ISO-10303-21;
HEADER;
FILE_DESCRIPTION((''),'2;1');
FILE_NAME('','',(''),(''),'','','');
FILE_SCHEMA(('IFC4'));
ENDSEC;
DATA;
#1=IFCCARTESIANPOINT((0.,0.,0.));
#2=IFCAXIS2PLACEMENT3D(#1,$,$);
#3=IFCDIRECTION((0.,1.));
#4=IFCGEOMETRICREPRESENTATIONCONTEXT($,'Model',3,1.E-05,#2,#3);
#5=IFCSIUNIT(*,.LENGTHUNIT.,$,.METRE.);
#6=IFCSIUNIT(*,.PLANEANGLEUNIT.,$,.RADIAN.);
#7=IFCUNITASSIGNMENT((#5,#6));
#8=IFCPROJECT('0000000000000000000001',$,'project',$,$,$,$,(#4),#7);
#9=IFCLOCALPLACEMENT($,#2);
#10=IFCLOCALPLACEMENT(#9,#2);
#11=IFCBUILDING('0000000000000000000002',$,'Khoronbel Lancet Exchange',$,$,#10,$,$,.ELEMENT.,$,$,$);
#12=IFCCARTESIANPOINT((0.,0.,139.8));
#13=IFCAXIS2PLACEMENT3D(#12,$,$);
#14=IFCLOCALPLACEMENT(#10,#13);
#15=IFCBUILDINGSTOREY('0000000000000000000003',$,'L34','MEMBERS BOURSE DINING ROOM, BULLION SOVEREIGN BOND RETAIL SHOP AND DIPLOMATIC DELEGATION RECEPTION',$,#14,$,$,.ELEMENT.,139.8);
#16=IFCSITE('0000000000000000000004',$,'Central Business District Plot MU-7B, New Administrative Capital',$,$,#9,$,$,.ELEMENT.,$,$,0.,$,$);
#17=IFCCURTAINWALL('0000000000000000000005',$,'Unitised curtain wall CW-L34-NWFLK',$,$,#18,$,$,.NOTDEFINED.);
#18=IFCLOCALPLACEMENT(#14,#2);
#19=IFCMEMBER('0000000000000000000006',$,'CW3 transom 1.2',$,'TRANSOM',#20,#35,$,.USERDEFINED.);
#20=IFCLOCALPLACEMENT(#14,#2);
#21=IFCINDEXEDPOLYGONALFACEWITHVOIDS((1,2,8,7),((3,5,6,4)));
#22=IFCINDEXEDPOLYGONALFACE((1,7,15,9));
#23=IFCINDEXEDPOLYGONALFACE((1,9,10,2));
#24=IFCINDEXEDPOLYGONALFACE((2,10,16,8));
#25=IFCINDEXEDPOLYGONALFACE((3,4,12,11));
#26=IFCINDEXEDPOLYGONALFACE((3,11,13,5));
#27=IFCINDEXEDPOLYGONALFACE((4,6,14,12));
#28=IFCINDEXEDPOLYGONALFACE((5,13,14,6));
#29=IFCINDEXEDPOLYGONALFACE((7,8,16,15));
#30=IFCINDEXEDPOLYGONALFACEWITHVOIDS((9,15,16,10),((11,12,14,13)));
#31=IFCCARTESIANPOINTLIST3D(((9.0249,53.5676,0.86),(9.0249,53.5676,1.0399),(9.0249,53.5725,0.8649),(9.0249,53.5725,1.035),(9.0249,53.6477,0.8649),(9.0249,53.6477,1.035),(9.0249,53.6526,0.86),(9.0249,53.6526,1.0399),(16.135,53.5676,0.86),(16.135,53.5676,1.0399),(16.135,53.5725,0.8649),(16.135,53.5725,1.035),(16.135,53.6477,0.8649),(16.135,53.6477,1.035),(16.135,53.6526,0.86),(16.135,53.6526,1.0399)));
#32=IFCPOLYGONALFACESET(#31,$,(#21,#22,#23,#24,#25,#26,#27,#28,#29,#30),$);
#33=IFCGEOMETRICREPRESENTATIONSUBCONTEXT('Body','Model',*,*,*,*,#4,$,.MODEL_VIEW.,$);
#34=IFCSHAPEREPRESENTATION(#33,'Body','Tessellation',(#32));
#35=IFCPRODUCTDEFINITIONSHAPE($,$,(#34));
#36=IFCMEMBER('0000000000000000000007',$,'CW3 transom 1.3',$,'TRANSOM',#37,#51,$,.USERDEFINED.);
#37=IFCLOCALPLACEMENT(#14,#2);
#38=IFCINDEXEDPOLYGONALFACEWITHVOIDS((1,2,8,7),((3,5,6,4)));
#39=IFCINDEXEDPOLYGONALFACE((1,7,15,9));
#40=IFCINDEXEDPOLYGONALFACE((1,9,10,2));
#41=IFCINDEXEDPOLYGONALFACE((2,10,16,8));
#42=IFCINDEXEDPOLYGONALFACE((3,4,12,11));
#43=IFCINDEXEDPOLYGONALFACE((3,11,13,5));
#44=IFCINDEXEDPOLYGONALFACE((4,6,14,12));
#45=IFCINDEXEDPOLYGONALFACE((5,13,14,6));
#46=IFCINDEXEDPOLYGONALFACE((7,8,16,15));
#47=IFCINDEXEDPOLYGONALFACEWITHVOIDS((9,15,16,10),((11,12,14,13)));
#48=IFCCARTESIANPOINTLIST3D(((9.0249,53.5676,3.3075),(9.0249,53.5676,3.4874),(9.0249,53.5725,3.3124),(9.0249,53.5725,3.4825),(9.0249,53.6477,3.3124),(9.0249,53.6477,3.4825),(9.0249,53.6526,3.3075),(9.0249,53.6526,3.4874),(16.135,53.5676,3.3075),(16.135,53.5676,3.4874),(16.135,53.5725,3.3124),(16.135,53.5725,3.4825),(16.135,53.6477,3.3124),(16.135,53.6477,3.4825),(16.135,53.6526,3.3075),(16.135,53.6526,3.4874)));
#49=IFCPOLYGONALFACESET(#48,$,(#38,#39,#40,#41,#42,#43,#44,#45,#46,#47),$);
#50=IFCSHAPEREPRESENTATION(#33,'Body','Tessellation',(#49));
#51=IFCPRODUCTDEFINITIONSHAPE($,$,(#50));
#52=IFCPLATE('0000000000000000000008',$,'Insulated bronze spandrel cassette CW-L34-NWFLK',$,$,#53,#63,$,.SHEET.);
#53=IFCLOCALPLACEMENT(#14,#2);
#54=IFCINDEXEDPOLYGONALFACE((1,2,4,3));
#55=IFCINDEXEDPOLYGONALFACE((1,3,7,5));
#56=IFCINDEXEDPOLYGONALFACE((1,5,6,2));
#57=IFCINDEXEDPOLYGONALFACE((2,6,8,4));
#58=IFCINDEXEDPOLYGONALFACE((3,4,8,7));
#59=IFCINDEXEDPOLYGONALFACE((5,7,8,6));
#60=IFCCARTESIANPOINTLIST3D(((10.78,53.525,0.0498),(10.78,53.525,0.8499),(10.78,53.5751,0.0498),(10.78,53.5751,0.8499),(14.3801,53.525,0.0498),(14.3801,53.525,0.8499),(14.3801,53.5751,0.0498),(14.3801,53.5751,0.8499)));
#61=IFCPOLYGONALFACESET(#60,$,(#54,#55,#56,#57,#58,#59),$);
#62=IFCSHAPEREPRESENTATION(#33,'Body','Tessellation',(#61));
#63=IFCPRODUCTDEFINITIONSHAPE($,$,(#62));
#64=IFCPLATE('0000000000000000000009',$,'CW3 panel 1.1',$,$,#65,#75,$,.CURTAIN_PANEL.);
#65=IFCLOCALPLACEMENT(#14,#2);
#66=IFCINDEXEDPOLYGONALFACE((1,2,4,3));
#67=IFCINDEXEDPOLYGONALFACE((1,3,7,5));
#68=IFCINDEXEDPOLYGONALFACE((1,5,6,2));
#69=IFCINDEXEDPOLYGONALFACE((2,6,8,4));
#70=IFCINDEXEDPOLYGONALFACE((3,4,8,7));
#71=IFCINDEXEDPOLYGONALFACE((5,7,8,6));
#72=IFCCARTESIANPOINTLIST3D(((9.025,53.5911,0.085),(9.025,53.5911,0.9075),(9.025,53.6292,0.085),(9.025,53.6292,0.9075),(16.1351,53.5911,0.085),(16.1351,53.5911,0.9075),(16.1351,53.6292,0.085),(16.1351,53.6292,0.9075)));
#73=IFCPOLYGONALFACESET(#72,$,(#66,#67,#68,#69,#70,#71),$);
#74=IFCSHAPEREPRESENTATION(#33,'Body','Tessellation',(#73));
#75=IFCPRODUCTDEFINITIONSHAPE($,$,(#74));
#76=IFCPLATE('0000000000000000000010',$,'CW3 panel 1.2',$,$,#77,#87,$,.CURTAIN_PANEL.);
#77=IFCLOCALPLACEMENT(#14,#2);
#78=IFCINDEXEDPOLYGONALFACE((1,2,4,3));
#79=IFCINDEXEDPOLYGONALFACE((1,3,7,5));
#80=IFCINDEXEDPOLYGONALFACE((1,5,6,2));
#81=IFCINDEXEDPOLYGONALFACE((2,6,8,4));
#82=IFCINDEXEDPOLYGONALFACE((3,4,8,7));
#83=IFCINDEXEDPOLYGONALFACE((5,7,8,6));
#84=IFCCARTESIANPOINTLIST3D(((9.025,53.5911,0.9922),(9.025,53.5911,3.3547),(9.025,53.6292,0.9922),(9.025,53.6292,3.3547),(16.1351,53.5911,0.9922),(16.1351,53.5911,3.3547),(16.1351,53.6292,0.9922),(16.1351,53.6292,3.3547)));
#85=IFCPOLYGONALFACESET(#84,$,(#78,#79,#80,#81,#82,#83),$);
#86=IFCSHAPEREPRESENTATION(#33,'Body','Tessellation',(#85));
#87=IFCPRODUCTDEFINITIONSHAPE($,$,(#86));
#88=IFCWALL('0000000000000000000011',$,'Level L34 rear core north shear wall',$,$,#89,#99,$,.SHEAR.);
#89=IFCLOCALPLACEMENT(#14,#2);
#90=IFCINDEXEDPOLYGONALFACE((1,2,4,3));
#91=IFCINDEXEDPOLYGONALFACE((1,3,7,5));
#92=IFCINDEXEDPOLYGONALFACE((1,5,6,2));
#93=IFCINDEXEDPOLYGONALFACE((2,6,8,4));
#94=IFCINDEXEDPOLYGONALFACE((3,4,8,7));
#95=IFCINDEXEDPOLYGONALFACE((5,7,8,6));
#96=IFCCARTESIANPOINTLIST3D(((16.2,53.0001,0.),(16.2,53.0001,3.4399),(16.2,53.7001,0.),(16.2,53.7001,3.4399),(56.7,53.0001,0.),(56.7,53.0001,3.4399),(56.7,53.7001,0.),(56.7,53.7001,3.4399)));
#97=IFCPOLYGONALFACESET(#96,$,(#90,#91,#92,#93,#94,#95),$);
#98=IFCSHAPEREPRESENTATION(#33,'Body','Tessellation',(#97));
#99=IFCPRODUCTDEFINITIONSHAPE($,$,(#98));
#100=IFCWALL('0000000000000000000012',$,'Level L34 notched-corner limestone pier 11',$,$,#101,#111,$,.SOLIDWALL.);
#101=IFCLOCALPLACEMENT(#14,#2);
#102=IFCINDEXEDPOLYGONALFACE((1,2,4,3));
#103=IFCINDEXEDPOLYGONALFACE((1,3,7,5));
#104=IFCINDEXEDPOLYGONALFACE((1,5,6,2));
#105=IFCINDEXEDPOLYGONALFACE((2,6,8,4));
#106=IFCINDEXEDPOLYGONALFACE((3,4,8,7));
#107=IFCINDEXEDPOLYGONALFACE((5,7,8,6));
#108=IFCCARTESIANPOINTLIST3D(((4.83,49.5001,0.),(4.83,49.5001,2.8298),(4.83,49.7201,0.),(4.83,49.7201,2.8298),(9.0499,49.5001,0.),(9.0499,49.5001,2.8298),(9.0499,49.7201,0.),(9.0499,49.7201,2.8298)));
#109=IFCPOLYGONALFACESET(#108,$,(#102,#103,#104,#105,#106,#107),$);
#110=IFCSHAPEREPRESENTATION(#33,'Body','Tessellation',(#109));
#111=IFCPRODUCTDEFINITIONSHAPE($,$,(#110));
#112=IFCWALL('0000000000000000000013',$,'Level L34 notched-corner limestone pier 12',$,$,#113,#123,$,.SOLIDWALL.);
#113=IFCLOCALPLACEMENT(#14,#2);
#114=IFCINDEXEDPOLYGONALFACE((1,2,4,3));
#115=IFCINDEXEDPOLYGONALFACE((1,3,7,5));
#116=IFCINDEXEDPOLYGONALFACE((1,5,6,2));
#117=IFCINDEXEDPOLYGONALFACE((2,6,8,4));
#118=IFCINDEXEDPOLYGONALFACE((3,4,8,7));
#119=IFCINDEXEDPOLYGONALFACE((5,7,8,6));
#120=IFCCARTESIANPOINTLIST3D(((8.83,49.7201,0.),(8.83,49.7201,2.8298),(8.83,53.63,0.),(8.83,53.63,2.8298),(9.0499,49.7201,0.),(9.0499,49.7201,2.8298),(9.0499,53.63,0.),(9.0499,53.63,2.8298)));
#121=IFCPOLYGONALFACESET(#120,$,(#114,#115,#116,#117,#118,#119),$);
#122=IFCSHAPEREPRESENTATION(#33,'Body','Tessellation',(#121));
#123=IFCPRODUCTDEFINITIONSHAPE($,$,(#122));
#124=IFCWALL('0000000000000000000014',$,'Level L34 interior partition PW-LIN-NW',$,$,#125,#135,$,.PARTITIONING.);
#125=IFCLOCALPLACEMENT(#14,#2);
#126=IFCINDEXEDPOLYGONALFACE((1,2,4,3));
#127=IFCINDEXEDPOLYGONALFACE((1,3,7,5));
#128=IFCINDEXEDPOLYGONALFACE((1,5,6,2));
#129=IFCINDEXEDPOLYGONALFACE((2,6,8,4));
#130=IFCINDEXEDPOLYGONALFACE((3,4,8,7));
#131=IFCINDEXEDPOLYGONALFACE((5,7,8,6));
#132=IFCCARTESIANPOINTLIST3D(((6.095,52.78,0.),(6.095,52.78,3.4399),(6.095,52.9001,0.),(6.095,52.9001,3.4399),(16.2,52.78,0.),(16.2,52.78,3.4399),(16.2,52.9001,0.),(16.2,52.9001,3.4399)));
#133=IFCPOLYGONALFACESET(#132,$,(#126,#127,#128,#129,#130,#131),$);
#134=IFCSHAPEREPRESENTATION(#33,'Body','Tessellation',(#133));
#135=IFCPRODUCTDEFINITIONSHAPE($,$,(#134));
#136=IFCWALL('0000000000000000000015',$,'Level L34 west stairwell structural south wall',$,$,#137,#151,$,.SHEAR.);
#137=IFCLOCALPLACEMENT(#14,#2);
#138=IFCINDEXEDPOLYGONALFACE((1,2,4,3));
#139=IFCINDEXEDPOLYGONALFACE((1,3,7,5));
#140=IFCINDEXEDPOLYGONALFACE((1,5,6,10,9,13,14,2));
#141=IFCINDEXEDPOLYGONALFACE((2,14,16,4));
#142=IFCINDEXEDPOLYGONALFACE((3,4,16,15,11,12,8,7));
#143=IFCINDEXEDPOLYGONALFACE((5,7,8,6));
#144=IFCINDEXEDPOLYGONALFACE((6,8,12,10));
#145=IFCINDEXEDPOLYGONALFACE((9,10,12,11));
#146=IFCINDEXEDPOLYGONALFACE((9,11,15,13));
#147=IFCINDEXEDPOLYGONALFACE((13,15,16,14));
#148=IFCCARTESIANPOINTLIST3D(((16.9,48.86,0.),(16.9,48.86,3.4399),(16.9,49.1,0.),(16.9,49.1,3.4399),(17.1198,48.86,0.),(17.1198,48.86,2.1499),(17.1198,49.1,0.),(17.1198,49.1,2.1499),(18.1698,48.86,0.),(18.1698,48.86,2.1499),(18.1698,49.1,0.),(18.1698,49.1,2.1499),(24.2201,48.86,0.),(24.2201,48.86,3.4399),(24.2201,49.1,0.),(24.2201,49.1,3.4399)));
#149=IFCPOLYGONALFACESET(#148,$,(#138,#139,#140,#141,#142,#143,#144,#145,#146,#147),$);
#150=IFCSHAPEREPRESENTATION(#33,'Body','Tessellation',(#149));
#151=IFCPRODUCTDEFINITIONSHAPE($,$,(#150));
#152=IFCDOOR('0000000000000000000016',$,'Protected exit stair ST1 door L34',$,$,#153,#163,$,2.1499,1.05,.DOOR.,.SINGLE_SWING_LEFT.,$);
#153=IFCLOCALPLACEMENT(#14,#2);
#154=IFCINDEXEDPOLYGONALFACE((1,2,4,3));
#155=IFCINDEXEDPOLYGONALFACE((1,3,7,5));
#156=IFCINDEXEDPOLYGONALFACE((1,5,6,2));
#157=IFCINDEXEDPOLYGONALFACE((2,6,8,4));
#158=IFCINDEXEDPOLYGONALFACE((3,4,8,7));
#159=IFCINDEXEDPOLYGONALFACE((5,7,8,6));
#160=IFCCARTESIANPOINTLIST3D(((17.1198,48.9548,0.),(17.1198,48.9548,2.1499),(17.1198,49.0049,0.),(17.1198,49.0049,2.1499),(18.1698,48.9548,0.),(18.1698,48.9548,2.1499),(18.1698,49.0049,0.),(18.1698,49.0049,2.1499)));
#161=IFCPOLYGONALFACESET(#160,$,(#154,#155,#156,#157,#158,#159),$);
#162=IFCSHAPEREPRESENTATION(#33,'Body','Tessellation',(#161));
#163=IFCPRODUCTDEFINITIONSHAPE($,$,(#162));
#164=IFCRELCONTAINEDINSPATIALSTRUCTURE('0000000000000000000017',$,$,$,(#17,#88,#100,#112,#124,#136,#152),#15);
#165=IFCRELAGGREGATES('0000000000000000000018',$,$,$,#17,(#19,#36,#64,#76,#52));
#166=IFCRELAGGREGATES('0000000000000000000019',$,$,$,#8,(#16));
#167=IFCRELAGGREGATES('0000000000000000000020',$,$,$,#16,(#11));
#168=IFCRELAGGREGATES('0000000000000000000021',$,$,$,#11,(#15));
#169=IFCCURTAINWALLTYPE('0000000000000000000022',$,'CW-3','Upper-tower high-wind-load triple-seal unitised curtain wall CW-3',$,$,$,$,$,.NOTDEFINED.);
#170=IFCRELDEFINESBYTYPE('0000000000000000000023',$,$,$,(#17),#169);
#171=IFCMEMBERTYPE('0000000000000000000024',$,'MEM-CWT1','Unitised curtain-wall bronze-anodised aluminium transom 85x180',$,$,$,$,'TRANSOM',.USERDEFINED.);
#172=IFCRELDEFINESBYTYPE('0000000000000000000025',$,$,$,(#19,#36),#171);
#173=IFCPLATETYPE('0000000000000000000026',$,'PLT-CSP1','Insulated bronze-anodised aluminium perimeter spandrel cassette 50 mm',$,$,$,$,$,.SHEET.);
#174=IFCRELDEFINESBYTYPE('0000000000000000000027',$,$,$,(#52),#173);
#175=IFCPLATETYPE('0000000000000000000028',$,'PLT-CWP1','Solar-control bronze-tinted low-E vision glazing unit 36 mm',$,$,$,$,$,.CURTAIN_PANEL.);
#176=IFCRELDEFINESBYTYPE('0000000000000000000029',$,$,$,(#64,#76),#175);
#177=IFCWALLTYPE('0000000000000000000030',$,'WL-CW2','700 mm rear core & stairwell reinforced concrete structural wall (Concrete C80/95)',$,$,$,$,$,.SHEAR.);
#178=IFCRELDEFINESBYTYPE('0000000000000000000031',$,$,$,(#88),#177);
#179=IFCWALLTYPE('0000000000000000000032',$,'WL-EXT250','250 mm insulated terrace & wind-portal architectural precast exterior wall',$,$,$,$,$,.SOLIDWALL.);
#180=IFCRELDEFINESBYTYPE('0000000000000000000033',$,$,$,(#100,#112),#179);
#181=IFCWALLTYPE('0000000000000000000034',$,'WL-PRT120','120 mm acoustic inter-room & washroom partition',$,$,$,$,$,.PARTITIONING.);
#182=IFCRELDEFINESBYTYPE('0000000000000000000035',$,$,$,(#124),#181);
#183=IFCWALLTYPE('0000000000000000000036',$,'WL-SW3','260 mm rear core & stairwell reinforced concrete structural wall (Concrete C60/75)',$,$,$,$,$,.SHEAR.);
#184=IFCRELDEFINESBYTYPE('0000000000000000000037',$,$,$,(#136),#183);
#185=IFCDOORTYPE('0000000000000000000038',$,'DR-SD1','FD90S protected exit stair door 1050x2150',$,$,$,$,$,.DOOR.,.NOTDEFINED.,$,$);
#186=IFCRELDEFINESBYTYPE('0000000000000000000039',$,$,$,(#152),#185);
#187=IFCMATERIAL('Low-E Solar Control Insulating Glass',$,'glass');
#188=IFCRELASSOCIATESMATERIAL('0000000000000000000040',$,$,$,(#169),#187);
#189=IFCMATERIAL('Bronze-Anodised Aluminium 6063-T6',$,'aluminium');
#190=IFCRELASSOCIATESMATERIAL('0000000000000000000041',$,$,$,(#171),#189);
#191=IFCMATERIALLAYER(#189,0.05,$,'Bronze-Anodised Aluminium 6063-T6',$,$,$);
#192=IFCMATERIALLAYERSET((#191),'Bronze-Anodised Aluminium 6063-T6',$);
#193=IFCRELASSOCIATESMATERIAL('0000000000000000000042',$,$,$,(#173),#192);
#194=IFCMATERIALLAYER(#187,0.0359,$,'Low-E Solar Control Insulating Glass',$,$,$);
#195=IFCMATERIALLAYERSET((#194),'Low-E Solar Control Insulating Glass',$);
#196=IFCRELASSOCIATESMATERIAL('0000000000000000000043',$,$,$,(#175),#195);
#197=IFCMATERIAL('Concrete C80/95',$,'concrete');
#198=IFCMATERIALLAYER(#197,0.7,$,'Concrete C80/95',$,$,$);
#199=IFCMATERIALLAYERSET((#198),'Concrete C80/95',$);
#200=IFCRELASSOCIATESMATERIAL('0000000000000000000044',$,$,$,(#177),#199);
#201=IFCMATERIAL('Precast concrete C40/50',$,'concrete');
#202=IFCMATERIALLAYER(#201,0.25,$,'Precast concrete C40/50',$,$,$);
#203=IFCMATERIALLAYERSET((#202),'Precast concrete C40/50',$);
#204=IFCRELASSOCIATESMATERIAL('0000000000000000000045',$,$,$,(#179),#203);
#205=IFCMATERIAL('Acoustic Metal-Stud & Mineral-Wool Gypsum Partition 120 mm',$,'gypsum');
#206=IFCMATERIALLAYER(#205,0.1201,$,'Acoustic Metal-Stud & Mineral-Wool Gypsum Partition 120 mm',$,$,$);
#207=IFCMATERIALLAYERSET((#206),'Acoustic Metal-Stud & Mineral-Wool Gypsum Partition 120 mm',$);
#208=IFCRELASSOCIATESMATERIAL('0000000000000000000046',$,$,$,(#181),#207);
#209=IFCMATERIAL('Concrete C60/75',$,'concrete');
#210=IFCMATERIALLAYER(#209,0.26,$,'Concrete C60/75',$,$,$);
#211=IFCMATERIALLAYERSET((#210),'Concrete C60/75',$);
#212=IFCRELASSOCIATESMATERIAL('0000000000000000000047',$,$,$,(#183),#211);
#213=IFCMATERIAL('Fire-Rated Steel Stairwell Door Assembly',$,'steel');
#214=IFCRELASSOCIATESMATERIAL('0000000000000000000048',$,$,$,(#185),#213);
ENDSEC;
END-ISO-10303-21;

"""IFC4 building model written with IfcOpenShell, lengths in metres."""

from ifc_helpers import new_model, si_unit, direction, frame, frame_2d, origin, origin_2d, place, context, subcontext, project, spatial, rectangle, hollow_rectangle, extrude, material, layer, layer_set, material_profile, profile_set, type_object, element, fill, aggregate, save


model = new_model("IFC4")

# Units and contexts
model_context = context("Model", 3, precision=1e-05, world=origin(), true_north=direction((0.0, 1.0)))
body_context = subcontext(model_context, "Body", "Model", "MODEL_VIEW")
ifc_project = project(units=[si_unit("LENGTHUNIT", "METRE"), si_unit("PLANEANGLEUNIT", "RADIAN")], contexts=[model_context])

# Site, building, storey
site_placement = place(None, origin())
site = spatial("IfcSite", under=ifc_project, at=site_placement, Name="Central Business District Plot MU-7B, New Administrative Capital", CompositionType="ELEMENT", RefElevation=0.0)
building_placement = place(site_placement, origin())
building = spatial("IfcBuilding", under=site, at=building_placement, Name="Khoronbel Lancet Exchange", CompositionType="ELEMENT")
storey_placement = place(building_placement, frame((0.0, 0.0, 139.8)))
storey = spatial("IfcBuildingStorey", under=building, at=storey_placement, Name="L34", Description="MEMBERS BOURSE DINING ROOM, BULLION SOVEREIGN BOND RETAIL SHOP AND DIPLOMATIC DELEGATION RECEPTION", CompositionType="ELEMENT", Elevation=139.8)

# Curtain wall, members, plates
ifc_material_1 = material(Name="Low-E Solar Control Insulating Glass", Category="glass")
curtain_wall_type = type_object("IfcCurtainWallType", Name="CW-3", Description="Upper-tower high-wind-load triple-seal unitised curtain wall CW-3", PredefinedType="NOTDEFINED", material=ifc_material_1)
curtain_wall_placement = place(storey_placement, origin())
curtain_wall = element("IfcCurtainWall", 1, at=curtain_wall_placement, inside=storey, type_object=curtain_wall_type, Name="Unitised curtain wall CW-L34-NWFLK", PredefinedType="NOTDEFINED")
ifc_material_2 = material(Name="Bronze-Anodised Aluminium 6063-T6", Category="aluminium")
ifc_material_profile_1 = material_profile(ifc_material_2, hollow_rectangle(XDim=0.085, YDim=0.1799, WallThickness=0.0049, at=origin_2d()), Name="ALU TRANSOM 85x180")
ifc_profile_set_1 = profile_set([ifc_material_profile_1], Name="Bronze-Anodised Aluminium 6063-T6")
member_type_1 = type_object("IfcMemberType", Name="MEM-CWT1", Description="Unitised curtain-wall bronze-anodised aluminium transom 85x180", ElementType="TRANSOM", PredefinedType="USERDEFINED", material=ifc_profile_set_1)
member_1_placement = place(storey_placement, frame((16.135, 53.6101, 0.95), z_axis=(-1.0, 0.0, 0.0), x_axis=(0.0, -1.0, 0.0)))
member_1 = element("IfcMember", 2, at=member_1_placement, type_object=member_type_1, Name="CW3 transom 1.2", ObjectType="TRANSOM", PredefinedType="USERDEFINED", context=body_context, shape_type="SweptSolid", body=[
    extrude(hollow_rectangle(XDim=0.085, YDim=0.1799, WallThickness=0.0049, at=origin_2d()), origin(), (0.0, 0.0, 1.0), 7.1101),
])
member_2_placement = place(storey_placement, frame((16.135, 53.6101, 3.3975), z_axis=(-1.0, 0.0, 0.0), x_axis=(0.0, -1.0, 0.0)))
member_2 = element("IfcMember", 3, at=member_2_placement, type_object=member_type_1, Name="CW3 transom 1.3", ObjectType="TRANSOM", PredefinedType="USERDEFINED", context=body_context, shape_type="SweptSolid", body=[
    extrude(hollow_rectangle(XDim=0.085, YDim=0.1799, WallThickness=0.0049, at=origin_2d()), origin(), (0.0, 0.0, 1.0), 7.1101),
])
ifc_layer_1 = layer(ifc_material_2, 0.05, Name="Bronze-Anodised Aluminium 6063-T6")
ifc_layer_set_1 = layer_set([ifc_layer_1], Name="Bronze-Anodised Aluminium 6063-T6")
plate_type_1 = type_object("IfcPlateType", Name="PLT-CSP1", Description="Insulated bronze-anodised aluminium perimeter spandrel cassette 50 mm", PredefinedType="SHEET", material=ifc_layer_set_1)
plate_1_placement = place(storey_placement, frame((12.5801, 53.55, 0.0498), z_axis=(0.0, 0.0, 1.0), x_axis=(-1.0, 0.0, 0.0)))
plate_1 = element("IfcPlate", 4, at=plate_1_placement, type_object=plate_type_1, Name="Insulated bronze spandrel cassette CW-L34-NWFLK", PredefinedType="SHEET", context=body_context, shape_type="SweptSolid", body=[
    extrude(rectangle(XDim=3.6001, YDim=0.05, at=origin_2d()), origin(), (0.0, 0.0, 1.0), 0.8),
])
ifc_layer_2 = layer(ifc_material_1, 0.0359, Name="Low-E Solar Control Insulating Glass")
ifc_layer_set_2 = layer_set([ifc_layer_2], Name="Low-E Solar Control Insulating Glass")
plate_type_2 = type_object("IfcPlateType", Name="PLT-CWP1", Description="Solar-control bronze-tinted low-E vision glazing unit 36 mm", PredefinedType="CURTAIN_PANEL", material=ifc_layer_set_2)
plate_2_placement = place(storey_placement, frame((12.5801, 53.6101, 0.085), z_axis=(0.0, 0.0, 1.0), x_axis=(-1.0, 0.0, 0.0)))
plate_2 = element("IfcPlate", 5, at=plate_2_placement, type_object=plate_type_2, Name="CW3 panel 1.1", PredefinedType="CURTAIN_PANEL", context=body_context, shape_type="SweptSolid", body=[
    extrude(rectangle(XDim=7.1101, YDim=0.0381, at=origin_2d()), origin(), (0.0, 0.0, 1.0), 0.8225),
])
plate_3_placement = place(storey_placement, frame((12.5801, 53.6101, 0.9922), z_axis=(0.0, 0.0, 1.0), x_axis=(-1.0, 0.0, 0.0)))
plate_3 = element("IfcPlate", 6, at=plate_3_placement, type_object=plate_type_2, Name="CW3 panel 1.2", PredefinedType="CURTAIN_PANEL", context=body_context, shape_type="SweptSolid", body=[
    extrude(rectangle(XDim=7.1101, YDim=0.0381, at=origin_2d()), origin(), (0.0, 0.0, 1.0), 2.3625),
])
aggregate(curtain_wall, [member_1, member_2, plate_2, plate_3, plate_1])

# Walls
ifc_material_3 = material(Name="Concrete C80/95", Category="concrete")
ifc_layer_3 = layer(ifc_material_3, 0.7, Name="Concrete C80/95")
ifc_layer_set_3 = layer_set([ifc_layer_3], Name="Concrete C80/95")
wall_type_1 = type_object("IfcWallType", Name="WL-CW2", Description="700 mm rear core & stairwell reinforced concrete structural wall (Concrete C80/95)", PredefinedType="SHEAR", material=ifc_layer_set_3)
wall_1_placement = place(storey_placement, frame((16.2, 53.3501, 0.0), z_axis=(0.0, 0.0, 1.0), x_axis=(1.0, 0.0, 0.0)))
element("IfcWall", 7, at=wall_1_placement, inside=storey, type_object=wall_type_1, Name="Level L34 rear core north shear wall", PredefinedType="SHEAR", context=body_context, shape_type="SweptSolid", body=[
    extrude(rectangle(XDim=40.5, YDim=0.7, at=frame_2d((20.25, 0.0))), origin(), (0.0, 0.0, 1.0), 3.4399),
])
ifc_material_4 = material(Name="Precast concrete C40/50", Category="concrete")
ifc_layer_4 = layer(ifc_material_4, 0.25, Name="Precast concrete C40/50")
ifc_layer_set_4 = layer_set([ifc_layer_4], Name="Precast concrete C40/50")
wall_type_2 = type_object("IfcWallType", Name="WL-EXT250", Description="250 mm insulated terrace & wind-portal architectural precast exterior wall", PredefinedType="SOLIDWALL", material=ifc_layer_set_4)
wall_2_placement = place(storey_placement, frame((4.8301, 49.6101, 0.0), z_axis=(0.0, 0.0, 1.0), x_axis=(1.0, 0.0, 0.0)))
element("IfcWall", 8, at=wall_2_placement, inside=storey, type_object=wall_type_2, Name="Level L34 notched-corner limestone pier 11", PredefinedType="SOLIDWALL", context=body_context, shape_type="SweptSolid", body=[
    extrude(rectangle(XDim=4.22, YDim=0.22, at=frame_2d((2.1099, 0.0))), origin(), (0.0, 0.0, 1.0), 2.8298),
])
wall_3_placement = place(storey_placement, frame((8.9399, 49.72, 0.0), z_axis=(0.0, 0.0, 1.0), x_axis=(0.0, 1.0, 0.0)))
element("IfcWall", 9, at=wall_3_placement, inside=storey, type_object=wall_type_2, Name="Level L34 notched-corner limestone pier 12", PredefinedType="SOLIDWALL", context=body_context, shape_type="SweptSolid", body=[
    extrude(rectangle(XDim=3.9099, YDim=0.22, at=frame_2d((1.9551, 0.0))), origin(), (0.0, 0.0, 1.0), 2.8298),
])
ifc_material_5 = material(Name="Acoustic Metal-Stud & Mineral-Wool Gypsum Partition 120 mm", Category="gypsum")
ifc_layer_5 = layer(ifc_material_5, 0.1201, Name="Acoustic Metal-Stud & Mineral-Wool Gypsum Partition 120 mm")
ifc_layer_set_5 = layer_set([ifc_layer_5], Name="Acoustic Metal-Stud & Mineral-Wool Gypsum Partition 120 mm")
wall_type_3 = type_object("IfcWallType", Name="WL-PRT120", Description="120 mm acoustic inter-room & washroom partition", PredefinedType="PARTITIONING", material=ifc_layer_set_5)
wall_4_placement = place(storey_placement, frame((6.095, 52.8401, 0.0), z_axis=(0.0, 0.0, 1.0), x_axis=(1.0, 0.0, 0.0)))
element("IfcWall", 10, at=wall_4_placement, inside=storey, type_object=wall_type_3, Name="Level L34 interior partition PW-LIN-NW", PredefinedType="PARTITIONING", context=body_context, shape_type="SweptSolid", body=[
    extrude(rectangle(XDim=10.105, YDim=0.1201, at=frame_2d((5.0525, 0.0))), origin(), (0.0, 0.0, 1.0), 3.4399),
])

# Wall, opening, door
ifc_material_6 = material(Name="Concrete C60/75", Category="concrete")
ifc_layer_6 = layer(ifc_material_6, 0.26, Name="Concrete C60/75")
ifc_layer_set_6 = layer_set([ifc_layer_6], Name="Concrete C60/75")
wall_type_4 = type_object("IfcWallType", Name="WL-SW3", Description="260 mm rear core & stairwell reinforced concrete structural wall (Concrete C60/75)", PredefinedType="SHEAR", material=ifc_layer_set_6)
wall_5_placement = place(storey_placement, frame((16.8999, 48.98, 0.0), z_axis=(0.0, 0.0, 1.0), x_axis=(1.0, 0.0, 0.0)))
wall_5 = element("IfcWall", 11, at=wall_5_placement, inside=storey, type_object=wall_type_4, Name="Level L34 west stairwell structural south wall", PredefinedType="SHEAR", context=body_context, shape_type="SweptSolid", body=[
    extrude(rectangle(XDim=7.3201, YDim=0.24, at=frame_2d((3.6602, 0.0))), origin(), (0.0, 0.0, 1.0), 3.4399),
])
opening_placement = place(wall_5_placement, frame((0.22, 0.0, 0.0)))
opening = element("IfcOpeningElement", 12, at=opening_placement, cuts=wall_5, PredefinedType="OPENING", context=body_context, shape_type="SweptSolid", body=[
    extrude(rectangle(XDim=1.05, YDim=2.1499, at=frame_2d((0.5249, 1.075))), frame((0.0, 0.1299, 0.0), z_axis=(0.0, -1.0, 0.0), x_axis=(1.0, 0.0, 0.0)), (0.0, 0.0, 1.0), 0.26),
])
ifc_material_7 = material(Name="Fire-Rated Steel Stairwell Door Assembly", Category="steel")
door_type = type_object("IfcDoorType", Name="DR-SD1", Description="FD90S protected exit stair door 1050x2150", OperationType="NOTDEFINED", PredefinedType="DOOR", material=ifc_material_7)
door_placement = place(opening_placement, origin())
door = element("IfcDoor", 13, at=door_placement, inside=storey, type_object=door_type, Name="Protected exit stair ST1 door L34", OperationType="SINGLE_SWING_LEFT", OverallHeight=2.1499, OverallWidth=1.05, PredefinedType="DOOR", context=body_context, shape_type="SweptSolid", body=[
    extrude(rectangle(XDim=1.05, YDim=2.1499, at=frame_2d((0.5249, 1.075))), frame((0.0, 0.0249, 0.0), z_axis=(0.0, -1.0, 0.0), x_axis=(1.0, 0.0, 0.0)), (0.0, 0.0, 1.0), 0.05),
])
fill(opening, door)

save(model, "model.ifc")
